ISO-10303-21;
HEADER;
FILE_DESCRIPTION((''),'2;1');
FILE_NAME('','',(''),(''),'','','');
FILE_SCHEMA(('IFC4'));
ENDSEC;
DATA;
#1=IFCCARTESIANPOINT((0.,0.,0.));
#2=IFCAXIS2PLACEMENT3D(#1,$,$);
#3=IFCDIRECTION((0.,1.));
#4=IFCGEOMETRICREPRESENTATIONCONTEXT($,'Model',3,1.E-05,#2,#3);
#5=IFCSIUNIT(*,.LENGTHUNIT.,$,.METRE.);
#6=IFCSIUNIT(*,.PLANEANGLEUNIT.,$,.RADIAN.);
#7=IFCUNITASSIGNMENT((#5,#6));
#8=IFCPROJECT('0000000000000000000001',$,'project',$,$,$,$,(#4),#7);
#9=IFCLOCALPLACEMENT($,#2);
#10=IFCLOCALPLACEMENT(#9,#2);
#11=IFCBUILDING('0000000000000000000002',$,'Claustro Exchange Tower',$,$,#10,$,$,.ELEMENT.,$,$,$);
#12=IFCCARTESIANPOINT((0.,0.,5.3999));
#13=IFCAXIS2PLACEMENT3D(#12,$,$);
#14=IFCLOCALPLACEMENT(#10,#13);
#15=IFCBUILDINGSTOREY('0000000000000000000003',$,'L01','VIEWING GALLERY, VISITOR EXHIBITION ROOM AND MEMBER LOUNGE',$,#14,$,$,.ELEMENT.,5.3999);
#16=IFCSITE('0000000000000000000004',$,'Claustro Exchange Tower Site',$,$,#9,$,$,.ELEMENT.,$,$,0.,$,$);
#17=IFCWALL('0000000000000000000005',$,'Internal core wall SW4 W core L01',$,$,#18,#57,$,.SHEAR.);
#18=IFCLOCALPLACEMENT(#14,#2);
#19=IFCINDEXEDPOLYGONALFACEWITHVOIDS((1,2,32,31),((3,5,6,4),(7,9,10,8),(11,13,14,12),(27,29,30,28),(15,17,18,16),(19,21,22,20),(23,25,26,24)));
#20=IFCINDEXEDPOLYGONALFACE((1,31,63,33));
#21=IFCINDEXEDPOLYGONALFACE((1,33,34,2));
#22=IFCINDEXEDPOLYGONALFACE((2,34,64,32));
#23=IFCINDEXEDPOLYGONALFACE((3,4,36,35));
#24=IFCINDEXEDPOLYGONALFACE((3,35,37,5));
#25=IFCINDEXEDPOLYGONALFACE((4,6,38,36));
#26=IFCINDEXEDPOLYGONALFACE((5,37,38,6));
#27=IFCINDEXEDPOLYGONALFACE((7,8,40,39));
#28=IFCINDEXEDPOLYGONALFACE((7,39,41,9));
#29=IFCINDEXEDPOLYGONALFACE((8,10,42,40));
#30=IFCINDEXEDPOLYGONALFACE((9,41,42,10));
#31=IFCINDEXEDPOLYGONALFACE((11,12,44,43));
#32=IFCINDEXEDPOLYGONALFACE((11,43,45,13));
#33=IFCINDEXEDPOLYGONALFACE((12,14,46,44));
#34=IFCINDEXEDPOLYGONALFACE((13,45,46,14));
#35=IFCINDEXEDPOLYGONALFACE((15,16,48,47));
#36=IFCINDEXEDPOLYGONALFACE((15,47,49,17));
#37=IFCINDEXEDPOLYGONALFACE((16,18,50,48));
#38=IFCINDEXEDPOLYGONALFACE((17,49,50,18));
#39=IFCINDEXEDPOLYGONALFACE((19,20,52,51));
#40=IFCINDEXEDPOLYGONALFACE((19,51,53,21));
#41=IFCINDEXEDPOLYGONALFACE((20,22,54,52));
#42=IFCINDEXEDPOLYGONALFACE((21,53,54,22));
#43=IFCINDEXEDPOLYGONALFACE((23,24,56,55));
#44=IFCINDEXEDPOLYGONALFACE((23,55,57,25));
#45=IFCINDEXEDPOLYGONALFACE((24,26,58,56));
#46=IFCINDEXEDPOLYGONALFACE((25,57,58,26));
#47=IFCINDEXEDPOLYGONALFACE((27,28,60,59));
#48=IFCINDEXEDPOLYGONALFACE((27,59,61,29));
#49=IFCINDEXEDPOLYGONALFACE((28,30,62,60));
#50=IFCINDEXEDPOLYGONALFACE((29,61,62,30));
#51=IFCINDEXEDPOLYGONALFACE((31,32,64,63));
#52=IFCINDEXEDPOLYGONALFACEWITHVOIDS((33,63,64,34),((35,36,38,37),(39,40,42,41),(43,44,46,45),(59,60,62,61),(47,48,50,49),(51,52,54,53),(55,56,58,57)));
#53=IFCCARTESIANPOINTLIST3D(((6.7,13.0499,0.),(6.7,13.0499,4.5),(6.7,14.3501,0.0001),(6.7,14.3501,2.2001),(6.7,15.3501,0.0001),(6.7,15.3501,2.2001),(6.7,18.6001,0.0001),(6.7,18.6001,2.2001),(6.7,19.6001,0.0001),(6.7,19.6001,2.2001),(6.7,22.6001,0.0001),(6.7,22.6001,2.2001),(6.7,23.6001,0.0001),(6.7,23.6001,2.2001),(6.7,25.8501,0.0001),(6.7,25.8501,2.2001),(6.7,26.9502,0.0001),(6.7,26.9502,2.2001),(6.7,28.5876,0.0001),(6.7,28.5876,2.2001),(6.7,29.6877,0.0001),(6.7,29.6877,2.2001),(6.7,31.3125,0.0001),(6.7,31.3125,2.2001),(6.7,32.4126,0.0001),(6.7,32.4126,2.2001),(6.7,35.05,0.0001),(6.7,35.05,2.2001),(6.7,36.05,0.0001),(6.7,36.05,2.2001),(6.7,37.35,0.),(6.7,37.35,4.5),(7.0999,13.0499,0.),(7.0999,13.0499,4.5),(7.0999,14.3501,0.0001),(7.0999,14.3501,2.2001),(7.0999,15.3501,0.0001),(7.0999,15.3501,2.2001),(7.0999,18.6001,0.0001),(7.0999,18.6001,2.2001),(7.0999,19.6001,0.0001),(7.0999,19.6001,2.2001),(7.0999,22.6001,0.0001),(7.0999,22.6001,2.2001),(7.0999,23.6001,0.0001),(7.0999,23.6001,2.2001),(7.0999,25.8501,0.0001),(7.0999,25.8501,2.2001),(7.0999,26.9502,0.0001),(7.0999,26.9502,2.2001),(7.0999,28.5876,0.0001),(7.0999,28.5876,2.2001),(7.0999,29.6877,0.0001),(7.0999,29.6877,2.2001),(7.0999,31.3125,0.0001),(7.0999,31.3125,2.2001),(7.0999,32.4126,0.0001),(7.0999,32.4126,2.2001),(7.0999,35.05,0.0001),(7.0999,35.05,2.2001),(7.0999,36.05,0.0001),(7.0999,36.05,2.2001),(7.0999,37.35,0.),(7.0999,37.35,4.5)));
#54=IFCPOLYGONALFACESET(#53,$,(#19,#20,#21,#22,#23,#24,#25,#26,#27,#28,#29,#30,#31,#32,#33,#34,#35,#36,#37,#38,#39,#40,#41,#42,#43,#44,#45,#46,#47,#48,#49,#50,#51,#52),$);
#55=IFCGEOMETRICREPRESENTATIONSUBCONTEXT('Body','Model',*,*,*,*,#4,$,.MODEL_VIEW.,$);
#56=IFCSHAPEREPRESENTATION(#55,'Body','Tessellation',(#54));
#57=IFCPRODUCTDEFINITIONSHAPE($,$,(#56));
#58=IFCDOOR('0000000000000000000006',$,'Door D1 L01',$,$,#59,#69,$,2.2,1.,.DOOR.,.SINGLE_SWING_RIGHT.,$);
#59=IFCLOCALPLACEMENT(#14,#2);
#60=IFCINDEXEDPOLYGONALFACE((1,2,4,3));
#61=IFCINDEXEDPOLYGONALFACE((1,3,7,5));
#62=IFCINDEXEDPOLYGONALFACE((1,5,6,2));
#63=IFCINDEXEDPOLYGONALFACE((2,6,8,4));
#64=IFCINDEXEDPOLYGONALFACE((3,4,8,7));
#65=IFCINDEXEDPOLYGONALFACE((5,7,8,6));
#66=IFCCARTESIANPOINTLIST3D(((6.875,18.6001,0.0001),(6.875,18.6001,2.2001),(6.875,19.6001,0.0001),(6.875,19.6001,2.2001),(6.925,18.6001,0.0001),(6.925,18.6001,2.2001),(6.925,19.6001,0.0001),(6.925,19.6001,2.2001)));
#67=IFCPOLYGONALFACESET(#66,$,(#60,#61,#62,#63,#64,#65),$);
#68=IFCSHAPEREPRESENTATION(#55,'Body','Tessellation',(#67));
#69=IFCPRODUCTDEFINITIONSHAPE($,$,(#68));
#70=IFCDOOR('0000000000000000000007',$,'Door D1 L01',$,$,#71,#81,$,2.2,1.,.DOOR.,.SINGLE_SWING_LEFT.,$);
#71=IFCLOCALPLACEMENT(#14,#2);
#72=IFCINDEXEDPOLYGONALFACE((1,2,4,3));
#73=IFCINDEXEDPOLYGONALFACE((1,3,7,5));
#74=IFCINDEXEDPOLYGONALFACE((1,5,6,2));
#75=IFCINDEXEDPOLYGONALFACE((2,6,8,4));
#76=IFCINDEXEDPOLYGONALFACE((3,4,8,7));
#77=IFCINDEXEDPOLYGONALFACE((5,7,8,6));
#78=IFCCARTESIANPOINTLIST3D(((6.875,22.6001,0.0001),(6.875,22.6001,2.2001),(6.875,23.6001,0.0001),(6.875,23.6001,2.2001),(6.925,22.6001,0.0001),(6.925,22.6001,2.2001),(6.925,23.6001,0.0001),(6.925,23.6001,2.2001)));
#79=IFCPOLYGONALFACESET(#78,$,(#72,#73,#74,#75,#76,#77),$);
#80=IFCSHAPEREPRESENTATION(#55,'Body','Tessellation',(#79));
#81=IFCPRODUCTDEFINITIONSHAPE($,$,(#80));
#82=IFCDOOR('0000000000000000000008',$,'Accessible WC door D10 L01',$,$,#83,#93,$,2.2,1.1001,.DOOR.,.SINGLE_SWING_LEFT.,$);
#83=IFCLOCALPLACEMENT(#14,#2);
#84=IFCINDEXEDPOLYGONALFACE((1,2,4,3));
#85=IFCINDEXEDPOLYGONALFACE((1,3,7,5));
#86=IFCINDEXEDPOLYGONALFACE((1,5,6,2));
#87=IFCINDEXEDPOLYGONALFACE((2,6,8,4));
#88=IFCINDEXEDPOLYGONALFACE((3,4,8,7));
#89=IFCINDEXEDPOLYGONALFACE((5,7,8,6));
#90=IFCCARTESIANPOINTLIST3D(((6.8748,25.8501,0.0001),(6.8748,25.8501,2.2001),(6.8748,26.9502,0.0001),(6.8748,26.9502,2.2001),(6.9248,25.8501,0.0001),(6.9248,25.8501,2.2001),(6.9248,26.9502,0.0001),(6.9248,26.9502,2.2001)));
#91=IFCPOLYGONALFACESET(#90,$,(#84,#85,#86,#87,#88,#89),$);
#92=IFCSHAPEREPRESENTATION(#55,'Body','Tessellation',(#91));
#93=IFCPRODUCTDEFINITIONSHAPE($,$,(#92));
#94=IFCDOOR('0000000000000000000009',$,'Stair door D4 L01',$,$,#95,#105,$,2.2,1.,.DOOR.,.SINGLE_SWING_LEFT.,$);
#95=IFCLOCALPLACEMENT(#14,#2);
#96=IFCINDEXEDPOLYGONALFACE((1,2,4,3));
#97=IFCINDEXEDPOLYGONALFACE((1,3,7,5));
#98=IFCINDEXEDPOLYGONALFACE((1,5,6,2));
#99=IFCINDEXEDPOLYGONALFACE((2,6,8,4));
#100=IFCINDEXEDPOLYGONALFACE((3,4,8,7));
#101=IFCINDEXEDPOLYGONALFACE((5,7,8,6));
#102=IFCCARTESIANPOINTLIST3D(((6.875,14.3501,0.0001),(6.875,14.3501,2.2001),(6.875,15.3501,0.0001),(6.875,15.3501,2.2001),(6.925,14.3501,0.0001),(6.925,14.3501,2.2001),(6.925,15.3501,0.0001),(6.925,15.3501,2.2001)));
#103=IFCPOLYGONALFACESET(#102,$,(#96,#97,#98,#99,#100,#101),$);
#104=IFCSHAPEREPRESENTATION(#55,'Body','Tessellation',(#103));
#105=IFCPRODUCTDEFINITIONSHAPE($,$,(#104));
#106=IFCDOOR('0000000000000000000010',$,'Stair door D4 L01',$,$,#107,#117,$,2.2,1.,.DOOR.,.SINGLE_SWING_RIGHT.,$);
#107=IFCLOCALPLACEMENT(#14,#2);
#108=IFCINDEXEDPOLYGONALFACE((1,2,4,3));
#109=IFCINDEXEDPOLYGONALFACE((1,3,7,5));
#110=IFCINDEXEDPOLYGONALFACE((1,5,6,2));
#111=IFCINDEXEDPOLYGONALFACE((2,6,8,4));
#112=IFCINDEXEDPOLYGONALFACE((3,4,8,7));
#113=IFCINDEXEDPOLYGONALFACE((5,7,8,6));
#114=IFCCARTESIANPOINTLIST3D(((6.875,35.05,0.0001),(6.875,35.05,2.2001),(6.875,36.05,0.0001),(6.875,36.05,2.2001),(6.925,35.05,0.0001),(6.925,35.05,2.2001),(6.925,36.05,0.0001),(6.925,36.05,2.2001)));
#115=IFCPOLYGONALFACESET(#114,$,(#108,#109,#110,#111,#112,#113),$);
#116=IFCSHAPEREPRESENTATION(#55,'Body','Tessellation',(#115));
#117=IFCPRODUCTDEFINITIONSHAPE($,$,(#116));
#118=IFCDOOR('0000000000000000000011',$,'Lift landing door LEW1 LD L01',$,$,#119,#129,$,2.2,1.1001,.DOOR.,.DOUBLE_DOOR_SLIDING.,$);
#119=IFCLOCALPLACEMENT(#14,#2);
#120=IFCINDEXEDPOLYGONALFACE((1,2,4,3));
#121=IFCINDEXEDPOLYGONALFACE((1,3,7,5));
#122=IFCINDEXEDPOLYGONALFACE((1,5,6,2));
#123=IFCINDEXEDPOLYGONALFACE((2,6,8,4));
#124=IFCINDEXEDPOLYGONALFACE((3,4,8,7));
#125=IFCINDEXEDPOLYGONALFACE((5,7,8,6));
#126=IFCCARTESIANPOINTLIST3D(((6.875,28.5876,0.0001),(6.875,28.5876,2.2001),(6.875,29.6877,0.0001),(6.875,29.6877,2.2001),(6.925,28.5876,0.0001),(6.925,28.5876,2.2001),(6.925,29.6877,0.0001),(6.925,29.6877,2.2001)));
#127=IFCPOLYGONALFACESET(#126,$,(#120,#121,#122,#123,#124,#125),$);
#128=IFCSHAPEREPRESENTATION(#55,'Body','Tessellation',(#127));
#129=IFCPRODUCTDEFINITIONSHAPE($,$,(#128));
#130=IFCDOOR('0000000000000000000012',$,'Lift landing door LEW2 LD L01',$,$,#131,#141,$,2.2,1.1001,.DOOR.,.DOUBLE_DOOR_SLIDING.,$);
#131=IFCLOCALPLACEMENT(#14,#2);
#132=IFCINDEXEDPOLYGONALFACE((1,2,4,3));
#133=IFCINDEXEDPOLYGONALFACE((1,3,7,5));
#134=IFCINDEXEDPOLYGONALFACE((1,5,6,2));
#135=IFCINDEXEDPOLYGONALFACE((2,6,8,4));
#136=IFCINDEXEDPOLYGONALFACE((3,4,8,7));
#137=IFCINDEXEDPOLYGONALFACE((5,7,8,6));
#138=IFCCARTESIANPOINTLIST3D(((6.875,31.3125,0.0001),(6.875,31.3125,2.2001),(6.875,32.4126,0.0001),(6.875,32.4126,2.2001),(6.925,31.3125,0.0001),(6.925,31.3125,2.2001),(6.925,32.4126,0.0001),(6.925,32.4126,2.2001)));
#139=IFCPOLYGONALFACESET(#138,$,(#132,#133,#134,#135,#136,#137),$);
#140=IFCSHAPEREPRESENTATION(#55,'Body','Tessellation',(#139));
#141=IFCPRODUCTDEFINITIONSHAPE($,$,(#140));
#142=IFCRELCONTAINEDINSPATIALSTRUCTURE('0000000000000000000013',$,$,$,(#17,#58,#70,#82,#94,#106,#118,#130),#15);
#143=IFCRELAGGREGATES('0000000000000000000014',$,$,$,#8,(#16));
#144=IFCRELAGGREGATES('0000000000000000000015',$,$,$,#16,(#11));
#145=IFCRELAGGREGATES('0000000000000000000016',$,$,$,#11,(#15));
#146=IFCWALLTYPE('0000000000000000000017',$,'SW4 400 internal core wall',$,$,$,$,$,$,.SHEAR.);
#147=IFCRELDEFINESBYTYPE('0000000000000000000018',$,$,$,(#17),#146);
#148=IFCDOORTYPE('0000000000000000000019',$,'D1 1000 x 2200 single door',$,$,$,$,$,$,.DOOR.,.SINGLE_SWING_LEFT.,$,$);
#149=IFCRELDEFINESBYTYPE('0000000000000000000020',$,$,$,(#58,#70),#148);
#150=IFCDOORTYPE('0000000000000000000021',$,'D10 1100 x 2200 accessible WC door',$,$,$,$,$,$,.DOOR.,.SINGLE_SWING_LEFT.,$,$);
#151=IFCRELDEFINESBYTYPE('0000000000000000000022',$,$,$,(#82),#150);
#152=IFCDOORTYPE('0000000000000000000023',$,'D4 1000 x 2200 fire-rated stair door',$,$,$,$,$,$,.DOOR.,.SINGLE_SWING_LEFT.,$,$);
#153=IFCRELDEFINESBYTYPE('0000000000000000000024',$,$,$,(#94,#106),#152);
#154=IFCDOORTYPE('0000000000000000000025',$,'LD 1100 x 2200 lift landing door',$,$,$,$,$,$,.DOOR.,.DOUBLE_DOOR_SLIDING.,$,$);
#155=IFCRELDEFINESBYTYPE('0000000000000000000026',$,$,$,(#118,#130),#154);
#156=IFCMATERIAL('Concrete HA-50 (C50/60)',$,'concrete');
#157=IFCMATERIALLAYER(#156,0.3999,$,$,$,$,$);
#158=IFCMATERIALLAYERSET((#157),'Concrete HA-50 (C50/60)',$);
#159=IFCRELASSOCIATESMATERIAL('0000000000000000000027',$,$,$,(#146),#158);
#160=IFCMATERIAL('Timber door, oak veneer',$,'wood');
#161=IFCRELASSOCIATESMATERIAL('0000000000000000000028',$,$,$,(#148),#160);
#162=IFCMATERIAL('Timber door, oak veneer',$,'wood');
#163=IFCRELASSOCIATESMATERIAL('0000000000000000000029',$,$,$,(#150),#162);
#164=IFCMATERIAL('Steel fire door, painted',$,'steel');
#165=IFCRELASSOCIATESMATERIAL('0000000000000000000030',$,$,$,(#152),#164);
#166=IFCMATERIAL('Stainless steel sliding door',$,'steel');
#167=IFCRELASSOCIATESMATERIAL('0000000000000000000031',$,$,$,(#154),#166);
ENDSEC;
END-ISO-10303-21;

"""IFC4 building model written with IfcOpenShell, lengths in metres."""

from ifc_helpers import new_model, si_unit, direction, frame, frame_2d, origin, place, context, subcontext, project, spatial, rectangle, extrude, material, layer, layer_set, type_object, element, fill, save


model = new_model("IFC4")

# Units and contexts
model_context = context("Model", 3, precision=1e-05, world=origin(), true_north=direction((0.0, 1.0)))
body_context = subcontext(model_context, "Body", "Model", "MODEL_VIEW")
ifc_project = project(units=[si_unit("LENGTHUNIT", "METRE"), si_unit("PLANEANGLEUNIT", "RADIAN")], contexts=[model_context])

# Site, building, storey
site_placement = place(None, origin())
site = spatial("IfcSite", under=ifc_project, at=site_placement, Name="Claustro Exchange Tower Site", CompositionType="ELEMENT", RefElevation=0.0)
building_placement = place(site_placement, origin())
building = spatial("IfcBuilding", under=site, at=building_placement, Name="Claustro Exchange Tower", CompositionType="ELEMENT")
storey_placement = place(building_placement, frame((0.0, 0.0, 5.3999)))
storey = spatial("IfcBuildingStorey", under=building, at=storey_placement, Name="L01", Description="VIEWING GALLERY, VISITOR EXHIBITION ROOM AND MEMBER LOUNGE", CompositionType="ELEMENT", Elevation=5.3999)

# Wall, openings, doors
ifc_material_1 = material(Name="Concrete HA-50 (C50/60)", Category="concrete")
ifc_layer_1 = layer(ifc_material_1, 0.3999)
ifc_layer_set_1 = layer_set([ifc_layer_1], Name="Concrete HA-50 (C50/60)")
wall_type_1 = type_object("IfcWallType", Name="SW4 400 internal core wall", PredefinedType="SHEAR", material=ifc_layer_set_1)
wall_1_placement = place(storey_placement, frame((6.8999, 13.05, 0.0), z_axis=(0.0, 0.0, 1.0), x_axis=(0.0, 1.0, 0.0)))
wall_1 = element("IfcWall", 1, at=wall_1_placement, inside=storey, type_object=wall_type_1, Name="Internal core wall SW4 W core L01", PredefinedType="SHEAR", context=body_context, shape_type="SweptSolid", body=[
    extrude(rectangle(XDim=24.3, YDim=0.3999, at=frame_2d((12.1499, 0.0))), origin(), (0.0, 0.0, 1.0), 4.5),
])
opening_1_placement = place(wall_1_placement, frame((1.3, 0.0, 0.0)))
opening_1 = element("IfcOpeningElement", 2, at=opening_1_placement, cuts=wall_1, PredefinedType="OPENING", context=body_context, shape_type="SweptSolid", body=[
    extrude(rectangle(XDim=1.0, YDim=2.2, at=frame_2d((0.5, 1.1001))), frame((0.0, 0.21, 0.0), z_axis=(0.0, -1.0, 0.0), x_axis=(1.0, 0.0, 0.0)), (0.0, 0.0, 1.0), 0.4199),
])
opening_2_placement = place(wall_1_placement, frame((22.0, 0.0, 0.0)))
opening_2 = element("IfcOpeningElement", 3, at=opening_2_placement, cuts=wall_1, PredefinedType="OPENING", context=body_context, shape_type="SweptSolid", body=[
    extrude(rectangle(XDim=1.0, YDim=2.2, at=frame_2d((0.5, 1.1001))), frame((0.0, 0.21, 0.0), z_axis=(0.0, -1.0, 0.0), x_axis=(1.0, 0.0, 0.0)), (0.0, 0.0, 1.0), 0.4199),
])
opening_3_placement = place(wall_1_placement, frame((5.55, 0.0, 0.0)))
opening_3 = element("IfcOpeningElement", 4, at=opening_3_placement, cuts=wall_1, PredefinedType="OPENING", context=body_context, shape_type="SweptSolid", body=[
    extrude(rectangle(XDim=1.0, YDim=2.2, at=frame_2d((0.5, 1.1001))), frame((0.0, 0.21, 0.0), z_axis=(0.0, -1.0, 0.0), x_axis=(1.0, 0.0, 0.0)), (0.0, 0.0, 1.0), 0.4199),
])
opening_4_placement = place(wall_1_placement, frame((9.55, 0.0, 0.0)))
opening_4 = element("IfcOpeningElement", 5, at=opening_4_placement, cuts=wall_1, PredefinedType="OPENING", context=body_context, shape_type="SweptSolid", body=[
    extrude(rectangle(XDim=1.0, YDim=2.2, at=frame_2d((0.5, 1.1001))), frame((0.0, 0.21, 0.0), z_axis=(0.0, -1.0, 0.0), x_axis=(1.0, 0.0, 0.0)), (0.0, 0.0, 1.0), 0.4199),
])
opening_5_placement = place(wall_1_placement, frame((12.8, 0.0, 0.0)))
opening_5 = element("IfcOpeningElement", 6, at=opening_5_placement, cuts=wall_1, PredefinedType="OPENING", context=body_context, shape_type="SweptSolid", body=[
    extrude(rectangle(XDim=1.1001, YDim=2.2, at=frame_2d((0.55, 1.1001))), frame((0.0, 0.21, 0.0), z_axis=(0.0, -1.0, 0.0), x_axis=(1.0, 0.0, 0.0)), (0.0, 0.0, 1.0), 0.4199),
])
opening_6_placement = place(wall_1_placement, frame((15.5376, 0.0, 0.0)))
opening_6 = element("IfcOpeningElement", 7, at=opening_6_placement, cuts=wall_1, PredefinedType="OPENING", context=body_context, shape_type="SweptSolid", body=[
    extrude(rectangle(XDim=1.1001, YDim=2.2, at=frame_2d((0.55, 1.1001))), frame((0.0, 0.21, 0.0), z_axis=(0.0, -1.0, 0.0), x_axis=(1.0, 0.0, 0.0)), (0.0, 0.0, 1.0), 0.4199),
])
opening_7_placement = place(wall_1_placement, frame((18.2625, 0.0, 0.0)))
opening_7 = element("IfcOpeningElement", 8, at=opening_7_placement, cuts=wall_1, PredefinedType="OPENING", context=body_context, shape_type="SweptSolid", body=[
    extrude(rectangle(XDim=1.1001, YDim=2.2, at=frame_2d((0.55, 1.1001))), frame((0.0, 0.21, 0.0), z_axis=(0.0, -1.0, 0.0), x_axis=(1.0, 0.0, 0.0)), (0.0, 0.0, 1.0), 0.4199),
])
ifc_material_2 = material(Name="Timber door, oak veneer", Category="wood")
door_type_1 = type_object("IfcDoorType", Name="D1 1000 x 2200 single door", OperationType="SINGLE_SWING_LEFT", PredefinedType="DOOR", material=ifc_material_2)
door_1_placement = place(opening_3_placement, origin())
door_1 = element("IfcDoor", 9, at=door_1_placement, inside=storey, type_object=door_type_1, Name="Door D1 L01", OperationType="SINGLE_SWING_RIGHT", OverallHeight=2.2, OverallWidth=1.0, PredefinedType="DOOR", context=body_context, shape_type="SweptSolid", body=[
    extrude(rectangle(XDim=1.0, YDim=2.2, at=frame_2d((0.5, 1.1001))), frame((0.0, 0.0249, 0.0), z_axis=(0.0, -1.0, 0.0), x_axis=(1.0, 0.0, 0.0)), (0.0, 0.0, 1.0), 0.05),
])
fill(opening_3, door_1)
door_2_placement = place(opening_4_placement, origin())
door_2 = element("IfcDoor", 10, at=door_2_placement, inside=storey, type_object=door_type_1, Name="Door D1 L01", OperationType="SINGLE_SWING_LEFT", OverallHeight=2.2, OverallWidth=1.0, PredefinedType="DOOR", context=body_context, shape_type="SweptSolid", body=[
    extrude(rectangle(XDim=1.0, YDim=2.2, at=frame_2d((0.5, 1.1001))), frame((0.0, 0.0249, 0.0), z_axis=(0.0, -1.0, 0.0), x_axis=(1.0, 0.0, 0.0)), (0.0, 0.0, 1.0), 0.05),
])
fill(opening_4, door_2)
ifc_material_3 = material(Name="Timber door, oak veneer", Category="wood")
door_type_2 = type_object("IfcDoorType", Name="D10 1100 x 2200 accessible WC door", OperationType="SINGLE_SWING_LEFT", PredefinedType="DOOR", material=ifc_material_3)
door_3_placement = place(opening_5_placement, frame((1.1001, 0.0, 0.0), z_axis=(0.0, 0.0, 1.0), x_axis=(-1.0, 0.0, 0.0)))
door_3 = element("IfcDoor", 11, at=door_3_placement, inside=storey, type_object=door_type_2, Name="Accessible WC door D10 L01", OperationType="SINGLE_SWING_LEFT", OverallHeight=2.2, OverallWidth=1.1001, PredefinedType="DOOR", context=body_context, shape_type="SweptSolid", body=[
    extrude(rectangle(XDim=1.1001, YDim=2.2, at=frame_2d((0.55, 1.1001))), frame((0.0, 0.0249, 0.0), z_axis=(0.0, -1.0, 0.0), x_axis=(1.0, 0.0, 0.0)), (0.0, 0.0, 1.0), 0.05),
])
fill(opening_5, door_3)
ifc_material_4 = material(Name="Steel fire door, painted", Category="steel")
door_type_3 = type_object("IfcDoorType", Name="D4 1000 x 2200 fire-rated stair door", OperationType="SINGLE_SWING_LEFT", PredefinedType="DOOR", material=ifc_material_4)
door_4_placement = place(opening_1_placement, origin())
door_4 = element("IfcDoor", 12, at=door_4_placement, inside=storey, type_object=door_type_3, Name="Stair door D4 L01", OperationType="SINGLE_SWING_LEFT", OverallHeight=2.2, OverallWidth=1.0, PredefinedType="DOOR", context=body_context, shape_type="SweptSolid", body=[
    extrude(rectangle(XDim=1.0, YDim=2.2, at=frame_2d((0.5, 1.1001))), frame((0.0, 0.0249, 0.0), z_axis=(0.0, -1.0, 0.0), x_axis=(1.0, 0.0, 0.0)), (0.0, 0.0, 1.0), 0.05),
])
fill(opening_1, door_4)
door_5_placement = place(opening_2_placement, origin())
door_5 = element("IfcDoor", 13, at=door_5_placement, inside=storey, type_object=door_type_3, Name="Stair door D4 L01", OperationType="SINGLE_SWING_RIGHT", OverallHeight=2.2, OverallWidth=1.0, PredefinedType="DOOR", context=body_context, shape_type="SweptSolid", body=[
    extrude(rectangle(XDim=1.0, YDim=2.2, at=frame_2d((0.5, 1.1001))), frame((0.0, 0.0249, 0.0), z_axis=(0.0, -1.0, 0.0), x_axis=(1.0, 0.0, 0.0)), (0.0, 0.0, 1.0), 0.05),
])
fill(opening_2, door_5)
ifc_material_5 = material(Name="Stainless steel sliding door", Category="steel")
door_type_4 = type_object("IfcDoorType", Name="LD 1100 x 2200 lift landing door", OperationType="DOUBLE_DOOR_SLIDING", PredefinedType="DOOR", material=ifc_material_5)
door_6_placement = place(opening_6_placement, origin())
door_6 = element("IfcDoor", 14, at=door_6_placement, inside=storey, type_object=door_type_4, Name="Lift landing door LEW1 LD L01", OperationType="DOUBLE_DOOR_SLIDING", OverallHeight=2.2, OverallWidth=1.1001, PredefinedType="DOOR", context=body_context, shape_type="SweptSolid", body=[
    extrude(rectangle(XDim=1.1001, YDim=2.2, at=frame_2d((0.55, 1.1001))), frame((0.0, 0.0249, 0.0), z_axis=(0.0, -1.0, 0.0), x_axis=(1.0, 0.0, 0.0)), (0.0, 0.0, 1.0), 0.05),
])
fill(opening_6, door_6)
door_7_placement = place(opening_7_placement, origin())
door_7 = element("IfcDoor", 15, at=door_7_placement, inside=storey, type_object=door_type_4, Name="Lift landing door LEW2 LD L01", OperationType="DOUBLE_DOOR_SLIDING", OverallHeight=2.2, OverallWidth=1.1001, PredefinedType="DOOR", context=body_context, shape_type="SweptSolid", body=[
    extrude(rectangle(XDim=1.1001, YDim=2.2, at=frame_2d((0.55, 1.1001))), frame((0.0, 0.0249, 0.0), z_axis=(0.0, -1.0, 0.0), x_axis=(1.0, 0.0, 0.0)), (0.0, 0.0, 1.0), 0.05),
])
fill(opening_7, door_7)

save(model, "model.ifc")
